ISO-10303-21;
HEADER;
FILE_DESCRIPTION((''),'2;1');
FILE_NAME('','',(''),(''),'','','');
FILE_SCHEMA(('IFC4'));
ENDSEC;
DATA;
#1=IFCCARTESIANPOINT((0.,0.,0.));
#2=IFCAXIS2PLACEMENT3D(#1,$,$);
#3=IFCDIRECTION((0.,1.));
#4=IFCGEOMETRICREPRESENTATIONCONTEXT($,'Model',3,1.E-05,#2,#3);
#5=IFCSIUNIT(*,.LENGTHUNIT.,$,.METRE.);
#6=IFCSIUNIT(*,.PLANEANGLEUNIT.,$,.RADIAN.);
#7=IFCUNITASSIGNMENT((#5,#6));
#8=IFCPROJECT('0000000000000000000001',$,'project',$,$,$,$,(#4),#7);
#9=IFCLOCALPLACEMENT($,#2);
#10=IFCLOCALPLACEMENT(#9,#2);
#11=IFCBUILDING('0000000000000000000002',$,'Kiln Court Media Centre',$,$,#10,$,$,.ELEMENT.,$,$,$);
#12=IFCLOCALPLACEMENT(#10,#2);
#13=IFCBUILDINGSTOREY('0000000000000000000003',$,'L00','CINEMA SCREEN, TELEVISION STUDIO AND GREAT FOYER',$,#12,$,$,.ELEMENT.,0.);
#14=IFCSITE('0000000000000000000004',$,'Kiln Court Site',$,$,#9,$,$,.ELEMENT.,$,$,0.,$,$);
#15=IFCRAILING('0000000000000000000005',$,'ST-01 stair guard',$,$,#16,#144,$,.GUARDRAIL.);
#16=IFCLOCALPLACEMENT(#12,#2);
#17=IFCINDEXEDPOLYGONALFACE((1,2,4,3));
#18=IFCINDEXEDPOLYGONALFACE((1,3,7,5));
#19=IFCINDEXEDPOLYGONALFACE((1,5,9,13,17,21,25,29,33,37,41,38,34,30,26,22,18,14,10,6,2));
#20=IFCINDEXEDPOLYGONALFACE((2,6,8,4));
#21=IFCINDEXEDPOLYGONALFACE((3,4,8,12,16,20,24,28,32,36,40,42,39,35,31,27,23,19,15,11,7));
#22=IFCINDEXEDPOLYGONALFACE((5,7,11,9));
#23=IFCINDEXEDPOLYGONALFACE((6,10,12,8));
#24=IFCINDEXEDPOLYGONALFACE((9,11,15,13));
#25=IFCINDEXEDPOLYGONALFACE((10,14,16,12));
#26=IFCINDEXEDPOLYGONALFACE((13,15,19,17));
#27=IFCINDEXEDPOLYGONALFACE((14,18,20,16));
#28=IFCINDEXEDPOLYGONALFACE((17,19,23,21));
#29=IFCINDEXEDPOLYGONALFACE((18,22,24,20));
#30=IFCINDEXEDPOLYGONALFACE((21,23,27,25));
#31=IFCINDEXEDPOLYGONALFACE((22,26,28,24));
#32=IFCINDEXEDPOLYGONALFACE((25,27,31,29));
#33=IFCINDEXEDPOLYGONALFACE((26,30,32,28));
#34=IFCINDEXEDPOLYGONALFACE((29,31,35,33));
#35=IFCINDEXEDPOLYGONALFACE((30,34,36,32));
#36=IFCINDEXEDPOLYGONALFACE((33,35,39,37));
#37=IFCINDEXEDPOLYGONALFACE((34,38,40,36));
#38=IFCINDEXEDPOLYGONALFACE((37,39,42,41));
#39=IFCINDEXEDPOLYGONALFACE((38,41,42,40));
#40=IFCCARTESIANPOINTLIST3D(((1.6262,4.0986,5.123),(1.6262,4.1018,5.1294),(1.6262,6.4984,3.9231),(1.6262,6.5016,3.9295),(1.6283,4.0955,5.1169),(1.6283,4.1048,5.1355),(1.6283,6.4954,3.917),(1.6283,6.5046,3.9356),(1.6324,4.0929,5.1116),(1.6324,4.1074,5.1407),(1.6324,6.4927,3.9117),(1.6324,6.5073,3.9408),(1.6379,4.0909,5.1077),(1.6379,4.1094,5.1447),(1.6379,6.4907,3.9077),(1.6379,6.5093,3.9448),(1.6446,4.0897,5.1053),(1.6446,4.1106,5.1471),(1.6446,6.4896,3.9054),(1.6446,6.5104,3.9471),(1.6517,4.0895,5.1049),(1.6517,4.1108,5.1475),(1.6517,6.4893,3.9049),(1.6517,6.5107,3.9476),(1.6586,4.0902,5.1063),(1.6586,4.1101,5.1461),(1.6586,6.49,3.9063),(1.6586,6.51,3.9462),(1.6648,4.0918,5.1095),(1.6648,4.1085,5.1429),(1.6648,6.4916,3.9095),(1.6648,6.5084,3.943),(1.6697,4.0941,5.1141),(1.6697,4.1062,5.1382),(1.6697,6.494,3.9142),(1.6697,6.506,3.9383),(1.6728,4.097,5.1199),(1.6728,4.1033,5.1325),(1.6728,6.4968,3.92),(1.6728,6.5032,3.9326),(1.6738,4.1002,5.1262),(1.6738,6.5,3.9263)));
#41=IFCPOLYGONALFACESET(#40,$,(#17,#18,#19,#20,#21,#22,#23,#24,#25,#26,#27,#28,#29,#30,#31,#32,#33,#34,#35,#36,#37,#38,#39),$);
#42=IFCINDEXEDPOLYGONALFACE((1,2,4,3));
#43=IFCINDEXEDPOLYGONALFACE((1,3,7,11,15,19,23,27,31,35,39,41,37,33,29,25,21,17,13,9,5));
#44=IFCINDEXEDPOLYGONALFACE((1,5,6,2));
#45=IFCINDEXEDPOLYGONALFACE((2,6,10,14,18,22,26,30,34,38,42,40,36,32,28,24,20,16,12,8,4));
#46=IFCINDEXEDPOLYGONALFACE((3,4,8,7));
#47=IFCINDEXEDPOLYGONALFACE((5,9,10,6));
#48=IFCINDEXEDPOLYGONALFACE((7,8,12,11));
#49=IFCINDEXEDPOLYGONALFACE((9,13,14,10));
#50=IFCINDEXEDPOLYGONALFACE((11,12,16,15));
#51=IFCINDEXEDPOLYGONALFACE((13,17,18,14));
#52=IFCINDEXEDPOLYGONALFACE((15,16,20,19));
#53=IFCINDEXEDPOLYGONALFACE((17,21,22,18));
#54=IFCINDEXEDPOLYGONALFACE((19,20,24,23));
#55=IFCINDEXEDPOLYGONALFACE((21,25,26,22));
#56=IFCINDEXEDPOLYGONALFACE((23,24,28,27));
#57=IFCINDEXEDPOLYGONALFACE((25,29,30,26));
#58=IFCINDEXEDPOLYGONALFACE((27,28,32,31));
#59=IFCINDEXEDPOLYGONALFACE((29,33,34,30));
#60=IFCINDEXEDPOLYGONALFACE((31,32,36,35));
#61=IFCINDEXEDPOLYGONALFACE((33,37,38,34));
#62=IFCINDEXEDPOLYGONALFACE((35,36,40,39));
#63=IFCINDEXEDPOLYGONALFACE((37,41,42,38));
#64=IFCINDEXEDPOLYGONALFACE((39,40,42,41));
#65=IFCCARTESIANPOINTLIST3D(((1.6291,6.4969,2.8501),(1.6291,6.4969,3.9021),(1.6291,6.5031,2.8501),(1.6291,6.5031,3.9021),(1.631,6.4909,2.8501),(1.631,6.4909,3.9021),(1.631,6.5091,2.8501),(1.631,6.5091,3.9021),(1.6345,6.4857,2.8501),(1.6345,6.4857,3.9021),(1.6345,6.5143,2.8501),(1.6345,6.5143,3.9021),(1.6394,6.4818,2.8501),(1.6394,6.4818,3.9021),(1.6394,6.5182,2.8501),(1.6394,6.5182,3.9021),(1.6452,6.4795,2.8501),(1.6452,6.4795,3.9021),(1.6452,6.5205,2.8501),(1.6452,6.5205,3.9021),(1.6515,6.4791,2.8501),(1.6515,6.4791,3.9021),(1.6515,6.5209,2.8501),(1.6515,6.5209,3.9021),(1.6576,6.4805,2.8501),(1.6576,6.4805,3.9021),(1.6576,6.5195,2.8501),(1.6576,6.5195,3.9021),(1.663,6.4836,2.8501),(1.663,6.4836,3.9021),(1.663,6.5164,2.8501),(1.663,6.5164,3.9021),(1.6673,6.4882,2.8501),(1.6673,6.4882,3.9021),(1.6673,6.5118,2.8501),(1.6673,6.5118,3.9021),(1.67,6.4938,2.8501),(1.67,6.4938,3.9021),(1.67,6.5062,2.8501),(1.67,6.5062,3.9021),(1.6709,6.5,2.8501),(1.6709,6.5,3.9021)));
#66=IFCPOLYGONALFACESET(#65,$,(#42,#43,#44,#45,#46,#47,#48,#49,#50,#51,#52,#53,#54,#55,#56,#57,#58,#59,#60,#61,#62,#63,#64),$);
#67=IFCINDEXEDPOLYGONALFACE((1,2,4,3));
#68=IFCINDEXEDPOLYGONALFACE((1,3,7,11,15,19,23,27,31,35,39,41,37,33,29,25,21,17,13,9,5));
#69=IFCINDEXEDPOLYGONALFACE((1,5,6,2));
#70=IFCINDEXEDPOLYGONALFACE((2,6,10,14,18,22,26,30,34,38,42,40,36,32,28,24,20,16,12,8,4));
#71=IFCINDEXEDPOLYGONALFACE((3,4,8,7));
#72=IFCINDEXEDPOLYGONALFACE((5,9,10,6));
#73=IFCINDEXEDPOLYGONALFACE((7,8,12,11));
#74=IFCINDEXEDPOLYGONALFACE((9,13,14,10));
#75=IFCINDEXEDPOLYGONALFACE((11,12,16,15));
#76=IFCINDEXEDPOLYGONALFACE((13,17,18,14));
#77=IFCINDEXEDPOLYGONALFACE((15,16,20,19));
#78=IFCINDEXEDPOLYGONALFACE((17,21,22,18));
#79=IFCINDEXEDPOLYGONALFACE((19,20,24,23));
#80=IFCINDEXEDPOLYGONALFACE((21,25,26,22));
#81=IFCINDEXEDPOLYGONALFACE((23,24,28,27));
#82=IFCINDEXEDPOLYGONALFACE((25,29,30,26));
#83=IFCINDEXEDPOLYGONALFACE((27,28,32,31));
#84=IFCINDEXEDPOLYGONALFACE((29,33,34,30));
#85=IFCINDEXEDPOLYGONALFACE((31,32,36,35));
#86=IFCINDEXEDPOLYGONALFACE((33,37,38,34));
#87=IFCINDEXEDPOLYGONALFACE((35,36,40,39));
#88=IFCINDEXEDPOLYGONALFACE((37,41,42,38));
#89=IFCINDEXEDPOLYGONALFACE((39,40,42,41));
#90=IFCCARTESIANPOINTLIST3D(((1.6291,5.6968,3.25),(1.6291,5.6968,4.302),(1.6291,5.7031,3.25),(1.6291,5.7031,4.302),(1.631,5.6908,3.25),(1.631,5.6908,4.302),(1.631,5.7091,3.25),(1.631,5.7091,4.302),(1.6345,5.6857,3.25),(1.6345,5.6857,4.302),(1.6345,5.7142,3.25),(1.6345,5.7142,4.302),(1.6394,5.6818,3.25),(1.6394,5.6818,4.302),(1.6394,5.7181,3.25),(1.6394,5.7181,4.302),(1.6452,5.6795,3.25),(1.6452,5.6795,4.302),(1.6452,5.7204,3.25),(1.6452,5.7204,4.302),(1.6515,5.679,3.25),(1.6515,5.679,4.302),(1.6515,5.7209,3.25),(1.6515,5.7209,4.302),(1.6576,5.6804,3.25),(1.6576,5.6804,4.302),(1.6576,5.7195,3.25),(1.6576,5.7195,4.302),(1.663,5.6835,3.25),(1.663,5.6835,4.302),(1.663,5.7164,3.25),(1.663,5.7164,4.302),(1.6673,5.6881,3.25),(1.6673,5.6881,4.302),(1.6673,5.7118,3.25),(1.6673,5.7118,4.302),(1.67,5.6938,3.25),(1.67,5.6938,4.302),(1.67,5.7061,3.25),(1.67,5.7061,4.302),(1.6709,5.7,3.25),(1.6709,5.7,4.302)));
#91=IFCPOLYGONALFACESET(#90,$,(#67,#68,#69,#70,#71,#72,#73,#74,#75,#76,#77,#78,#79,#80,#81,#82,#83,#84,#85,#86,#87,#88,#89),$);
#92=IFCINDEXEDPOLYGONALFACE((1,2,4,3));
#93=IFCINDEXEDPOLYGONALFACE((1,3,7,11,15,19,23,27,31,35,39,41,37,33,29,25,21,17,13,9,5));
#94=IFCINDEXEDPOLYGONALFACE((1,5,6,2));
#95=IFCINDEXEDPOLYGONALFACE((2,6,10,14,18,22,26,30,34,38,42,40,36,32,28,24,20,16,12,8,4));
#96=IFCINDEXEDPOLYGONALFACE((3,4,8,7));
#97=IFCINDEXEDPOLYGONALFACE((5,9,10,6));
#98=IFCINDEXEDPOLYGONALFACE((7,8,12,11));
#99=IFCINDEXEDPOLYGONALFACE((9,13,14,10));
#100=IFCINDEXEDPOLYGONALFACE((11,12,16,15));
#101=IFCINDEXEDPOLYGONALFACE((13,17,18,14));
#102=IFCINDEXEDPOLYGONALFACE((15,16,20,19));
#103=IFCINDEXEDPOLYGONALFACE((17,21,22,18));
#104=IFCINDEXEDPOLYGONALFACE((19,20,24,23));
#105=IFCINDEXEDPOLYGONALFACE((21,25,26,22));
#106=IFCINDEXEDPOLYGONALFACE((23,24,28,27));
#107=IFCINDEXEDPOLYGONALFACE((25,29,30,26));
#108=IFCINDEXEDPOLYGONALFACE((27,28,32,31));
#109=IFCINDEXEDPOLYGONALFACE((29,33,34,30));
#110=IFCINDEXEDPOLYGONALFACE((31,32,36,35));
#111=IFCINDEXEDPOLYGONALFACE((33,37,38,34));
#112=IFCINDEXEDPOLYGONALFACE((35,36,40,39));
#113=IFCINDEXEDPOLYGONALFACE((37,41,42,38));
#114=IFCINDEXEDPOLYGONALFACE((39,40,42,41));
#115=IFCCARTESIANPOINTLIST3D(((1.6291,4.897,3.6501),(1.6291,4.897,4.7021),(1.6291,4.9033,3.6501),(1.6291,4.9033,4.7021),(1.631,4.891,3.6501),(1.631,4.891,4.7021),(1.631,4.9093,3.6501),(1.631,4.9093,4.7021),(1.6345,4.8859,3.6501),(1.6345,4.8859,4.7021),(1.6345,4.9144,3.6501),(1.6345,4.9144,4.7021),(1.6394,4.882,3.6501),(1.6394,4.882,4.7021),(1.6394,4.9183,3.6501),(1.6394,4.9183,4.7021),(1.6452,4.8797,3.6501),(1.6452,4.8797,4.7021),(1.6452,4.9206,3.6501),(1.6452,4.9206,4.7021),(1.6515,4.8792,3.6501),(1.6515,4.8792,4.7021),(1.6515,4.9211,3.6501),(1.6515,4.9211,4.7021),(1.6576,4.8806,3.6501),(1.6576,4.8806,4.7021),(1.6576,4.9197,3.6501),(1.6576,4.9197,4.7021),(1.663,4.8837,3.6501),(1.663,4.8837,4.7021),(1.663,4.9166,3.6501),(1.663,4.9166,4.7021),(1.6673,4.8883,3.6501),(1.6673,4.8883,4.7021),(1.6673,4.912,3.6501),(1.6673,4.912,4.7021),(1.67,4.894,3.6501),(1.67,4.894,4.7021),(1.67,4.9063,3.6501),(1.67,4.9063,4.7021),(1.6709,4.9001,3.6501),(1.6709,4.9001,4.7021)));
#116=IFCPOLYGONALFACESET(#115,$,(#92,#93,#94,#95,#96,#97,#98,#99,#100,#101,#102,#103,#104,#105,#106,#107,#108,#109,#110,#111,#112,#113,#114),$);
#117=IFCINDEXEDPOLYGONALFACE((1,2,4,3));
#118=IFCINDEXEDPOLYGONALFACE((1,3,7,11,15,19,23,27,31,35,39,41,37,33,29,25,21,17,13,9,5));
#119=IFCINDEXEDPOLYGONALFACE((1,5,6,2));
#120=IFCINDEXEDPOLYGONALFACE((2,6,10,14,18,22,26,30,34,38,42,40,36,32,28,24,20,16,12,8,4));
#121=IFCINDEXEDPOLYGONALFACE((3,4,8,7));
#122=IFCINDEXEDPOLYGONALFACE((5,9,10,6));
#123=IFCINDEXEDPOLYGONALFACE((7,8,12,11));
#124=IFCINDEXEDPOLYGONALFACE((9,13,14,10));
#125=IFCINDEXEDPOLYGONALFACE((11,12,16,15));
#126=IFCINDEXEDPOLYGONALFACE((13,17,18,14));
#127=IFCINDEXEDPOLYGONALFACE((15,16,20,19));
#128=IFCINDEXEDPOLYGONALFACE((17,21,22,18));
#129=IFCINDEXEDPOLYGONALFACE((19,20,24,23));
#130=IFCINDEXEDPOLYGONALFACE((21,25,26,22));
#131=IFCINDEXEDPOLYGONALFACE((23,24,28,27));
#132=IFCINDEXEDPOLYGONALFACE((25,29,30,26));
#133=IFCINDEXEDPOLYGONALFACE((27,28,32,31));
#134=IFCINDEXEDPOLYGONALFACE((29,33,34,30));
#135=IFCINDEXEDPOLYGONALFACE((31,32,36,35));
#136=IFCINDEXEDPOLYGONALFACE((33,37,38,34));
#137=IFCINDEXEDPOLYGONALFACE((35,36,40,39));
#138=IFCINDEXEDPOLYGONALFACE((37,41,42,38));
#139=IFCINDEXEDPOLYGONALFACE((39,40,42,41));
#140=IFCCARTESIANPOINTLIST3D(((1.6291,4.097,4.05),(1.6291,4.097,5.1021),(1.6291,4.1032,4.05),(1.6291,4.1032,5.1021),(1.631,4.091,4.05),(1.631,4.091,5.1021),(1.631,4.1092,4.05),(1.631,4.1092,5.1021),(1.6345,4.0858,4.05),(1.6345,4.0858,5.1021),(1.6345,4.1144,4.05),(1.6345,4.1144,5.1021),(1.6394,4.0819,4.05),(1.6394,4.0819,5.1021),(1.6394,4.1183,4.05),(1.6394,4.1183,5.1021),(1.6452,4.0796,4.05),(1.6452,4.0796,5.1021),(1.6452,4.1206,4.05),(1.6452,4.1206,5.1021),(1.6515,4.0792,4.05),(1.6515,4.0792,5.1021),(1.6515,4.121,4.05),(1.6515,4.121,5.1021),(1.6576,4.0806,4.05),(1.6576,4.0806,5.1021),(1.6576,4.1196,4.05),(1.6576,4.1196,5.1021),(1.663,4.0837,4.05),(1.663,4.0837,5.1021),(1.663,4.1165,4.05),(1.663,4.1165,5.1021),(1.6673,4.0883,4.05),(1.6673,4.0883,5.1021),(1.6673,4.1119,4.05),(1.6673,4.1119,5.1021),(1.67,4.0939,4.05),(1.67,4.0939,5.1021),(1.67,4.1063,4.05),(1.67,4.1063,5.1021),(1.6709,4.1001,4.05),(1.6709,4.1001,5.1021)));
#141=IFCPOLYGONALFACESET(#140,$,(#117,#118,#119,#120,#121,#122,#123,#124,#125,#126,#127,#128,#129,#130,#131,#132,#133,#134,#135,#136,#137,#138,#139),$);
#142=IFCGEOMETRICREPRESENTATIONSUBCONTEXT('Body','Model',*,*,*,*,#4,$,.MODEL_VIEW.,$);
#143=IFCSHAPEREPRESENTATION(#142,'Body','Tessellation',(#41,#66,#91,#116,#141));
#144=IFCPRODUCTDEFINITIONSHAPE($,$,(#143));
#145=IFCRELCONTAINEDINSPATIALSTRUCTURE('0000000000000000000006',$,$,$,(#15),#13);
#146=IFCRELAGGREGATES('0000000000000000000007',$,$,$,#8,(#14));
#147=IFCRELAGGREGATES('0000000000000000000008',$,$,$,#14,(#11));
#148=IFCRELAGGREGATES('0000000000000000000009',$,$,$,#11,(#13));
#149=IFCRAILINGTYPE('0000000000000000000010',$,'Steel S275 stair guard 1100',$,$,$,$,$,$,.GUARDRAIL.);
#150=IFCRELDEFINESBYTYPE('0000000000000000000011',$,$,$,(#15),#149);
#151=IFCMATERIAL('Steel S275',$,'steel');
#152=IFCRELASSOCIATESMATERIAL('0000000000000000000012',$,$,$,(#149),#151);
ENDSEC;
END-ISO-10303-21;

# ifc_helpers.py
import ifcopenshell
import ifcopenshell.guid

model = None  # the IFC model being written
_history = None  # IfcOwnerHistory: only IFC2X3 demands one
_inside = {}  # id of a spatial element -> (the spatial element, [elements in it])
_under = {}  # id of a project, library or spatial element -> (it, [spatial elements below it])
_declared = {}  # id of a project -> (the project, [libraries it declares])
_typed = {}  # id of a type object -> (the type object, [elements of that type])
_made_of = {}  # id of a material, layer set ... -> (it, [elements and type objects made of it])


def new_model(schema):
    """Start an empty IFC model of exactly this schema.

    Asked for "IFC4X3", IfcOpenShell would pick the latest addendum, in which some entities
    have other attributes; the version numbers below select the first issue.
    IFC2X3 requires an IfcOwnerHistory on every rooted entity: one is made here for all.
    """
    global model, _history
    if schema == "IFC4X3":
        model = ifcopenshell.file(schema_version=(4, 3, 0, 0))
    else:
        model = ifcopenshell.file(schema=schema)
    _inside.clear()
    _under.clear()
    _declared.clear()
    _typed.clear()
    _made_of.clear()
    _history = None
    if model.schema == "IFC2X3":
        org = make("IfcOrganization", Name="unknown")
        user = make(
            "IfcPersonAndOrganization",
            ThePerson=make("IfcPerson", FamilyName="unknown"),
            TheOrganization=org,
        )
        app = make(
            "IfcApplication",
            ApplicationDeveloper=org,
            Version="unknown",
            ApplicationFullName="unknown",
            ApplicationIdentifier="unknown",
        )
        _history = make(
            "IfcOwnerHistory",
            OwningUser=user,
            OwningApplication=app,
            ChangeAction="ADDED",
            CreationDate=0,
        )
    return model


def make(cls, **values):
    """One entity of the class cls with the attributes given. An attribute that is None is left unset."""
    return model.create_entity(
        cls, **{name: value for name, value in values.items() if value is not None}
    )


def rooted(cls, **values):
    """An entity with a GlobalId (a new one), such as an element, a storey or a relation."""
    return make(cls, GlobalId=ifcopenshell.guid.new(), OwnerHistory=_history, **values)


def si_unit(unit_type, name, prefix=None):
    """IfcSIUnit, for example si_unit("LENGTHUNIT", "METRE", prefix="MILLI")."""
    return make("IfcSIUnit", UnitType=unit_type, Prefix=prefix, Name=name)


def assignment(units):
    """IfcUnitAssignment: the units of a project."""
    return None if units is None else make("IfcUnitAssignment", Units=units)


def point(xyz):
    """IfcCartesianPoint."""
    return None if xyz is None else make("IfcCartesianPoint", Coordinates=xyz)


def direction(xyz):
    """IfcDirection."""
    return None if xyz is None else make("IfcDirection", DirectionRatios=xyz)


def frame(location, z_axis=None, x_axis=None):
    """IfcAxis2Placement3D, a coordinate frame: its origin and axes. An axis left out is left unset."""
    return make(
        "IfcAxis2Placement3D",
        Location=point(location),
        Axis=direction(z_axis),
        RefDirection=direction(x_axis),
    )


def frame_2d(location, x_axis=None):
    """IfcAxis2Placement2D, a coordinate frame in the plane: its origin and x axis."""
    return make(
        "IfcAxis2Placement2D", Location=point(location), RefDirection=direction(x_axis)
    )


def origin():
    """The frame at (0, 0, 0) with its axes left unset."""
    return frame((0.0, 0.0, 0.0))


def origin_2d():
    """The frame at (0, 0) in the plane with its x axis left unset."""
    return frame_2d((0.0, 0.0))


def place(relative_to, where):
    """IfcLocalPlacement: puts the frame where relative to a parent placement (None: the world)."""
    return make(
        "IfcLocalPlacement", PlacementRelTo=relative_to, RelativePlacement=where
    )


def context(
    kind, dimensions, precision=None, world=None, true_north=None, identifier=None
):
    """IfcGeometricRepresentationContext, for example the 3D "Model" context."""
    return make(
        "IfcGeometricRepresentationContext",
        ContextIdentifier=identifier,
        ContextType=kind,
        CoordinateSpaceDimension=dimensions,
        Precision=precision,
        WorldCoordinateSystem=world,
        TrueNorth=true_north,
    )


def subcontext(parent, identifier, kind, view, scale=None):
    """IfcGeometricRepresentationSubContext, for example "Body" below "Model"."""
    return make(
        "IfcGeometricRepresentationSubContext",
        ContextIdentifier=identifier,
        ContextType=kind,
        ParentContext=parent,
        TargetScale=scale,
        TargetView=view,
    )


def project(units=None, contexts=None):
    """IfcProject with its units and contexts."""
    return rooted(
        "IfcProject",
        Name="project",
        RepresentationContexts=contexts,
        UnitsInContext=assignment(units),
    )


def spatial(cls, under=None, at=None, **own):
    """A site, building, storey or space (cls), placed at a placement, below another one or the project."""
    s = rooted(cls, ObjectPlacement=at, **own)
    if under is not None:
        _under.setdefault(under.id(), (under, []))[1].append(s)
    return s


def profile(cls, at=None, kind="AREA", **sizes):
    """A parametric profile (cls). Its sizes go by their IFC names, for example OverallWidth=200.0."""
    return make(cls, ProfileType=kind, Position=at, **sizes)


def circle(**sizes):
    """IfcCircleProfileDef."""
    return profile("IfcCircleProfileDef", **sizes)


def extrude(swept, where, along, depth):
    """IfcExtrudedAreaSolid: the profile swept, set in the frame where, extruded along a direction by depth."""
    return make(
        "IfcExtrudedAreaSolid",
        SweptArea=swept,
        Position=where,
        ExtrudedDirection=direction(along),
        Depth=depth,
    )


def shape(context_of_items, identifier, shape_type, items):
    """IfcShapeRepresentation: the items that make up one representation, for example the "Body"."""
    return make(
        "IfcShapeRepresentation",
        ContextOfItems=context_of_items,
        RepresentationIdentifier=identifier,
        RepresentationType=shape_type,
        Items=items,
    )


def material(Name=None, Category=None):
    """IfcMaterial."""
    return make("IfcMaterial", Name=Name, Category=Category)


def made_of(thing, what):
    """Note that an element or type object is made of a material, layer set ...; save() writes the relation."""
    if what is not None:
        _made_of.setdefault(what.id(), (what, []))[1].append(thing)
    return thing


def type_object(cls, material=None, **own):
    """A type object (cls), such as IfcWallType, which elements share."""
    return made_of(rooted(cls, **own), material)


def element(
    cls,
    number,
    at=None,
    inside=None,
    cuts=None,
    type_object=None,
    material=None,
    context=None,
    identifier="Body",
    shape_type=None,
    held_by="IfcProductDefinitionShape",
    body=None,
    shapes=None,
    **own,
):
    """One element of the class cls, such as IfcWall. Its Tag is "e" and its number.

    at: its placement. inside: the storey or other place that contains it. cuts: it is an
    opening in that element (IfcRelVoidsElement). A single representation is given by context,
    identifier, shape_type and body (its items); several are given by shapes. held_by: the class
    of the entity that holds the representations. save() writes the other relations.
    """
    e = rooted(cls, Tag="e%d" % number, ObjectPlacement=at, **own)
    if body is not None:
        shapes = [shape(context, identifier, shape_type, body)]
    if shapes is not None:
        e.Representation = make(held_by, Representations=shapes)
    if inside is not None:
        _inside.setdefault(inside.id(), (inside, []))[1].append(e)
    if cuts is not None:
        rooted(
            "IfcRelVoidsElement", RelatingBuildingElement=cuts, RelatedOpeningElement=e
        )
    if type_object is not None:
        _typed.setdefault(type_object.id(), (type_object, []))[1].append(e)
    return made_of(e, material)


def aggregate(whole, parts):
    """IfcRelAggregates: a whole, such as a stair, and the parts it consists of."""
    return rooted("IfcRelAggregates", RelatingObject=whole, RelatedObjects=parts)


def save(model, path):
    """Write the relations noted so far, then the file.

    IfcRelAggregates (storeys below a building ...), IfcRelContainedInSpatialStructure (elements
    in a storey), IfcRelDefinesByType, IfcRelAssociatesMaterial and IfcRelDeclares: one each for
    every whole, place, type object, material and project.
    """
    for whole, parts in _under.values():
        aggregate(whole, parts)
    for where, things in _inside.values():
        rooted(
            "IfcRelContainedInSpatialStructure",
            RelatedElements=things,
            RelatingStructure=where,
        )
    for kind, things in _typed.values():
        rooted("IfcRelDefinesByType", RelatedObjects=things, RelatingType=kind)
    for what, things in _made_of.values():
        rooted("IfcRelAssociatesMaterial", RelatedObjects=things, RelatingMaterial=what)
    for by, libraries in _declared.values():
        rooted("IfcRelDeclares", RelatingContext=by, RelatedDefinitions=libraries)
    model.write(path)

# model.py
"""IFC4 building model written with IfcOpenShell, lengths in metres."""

from ifc_helpers import new_model, si_unit, direction, frame, origin, origin_2d, place, context, subcontext, project, spatial, circle, extrude, material, type_object, element, save


model = new_model("IFC4")

# Units and contexts
model_context = context("Model", 3, precision=1e-05, world=origin(), true_north=direction((0.0, 1.0)))
body_context = subcontext(model_context, "Body", "Model", "MODEL_VIEW")
ifc_project = project(units=[si_unit("LENGTHUNIT", "METRE"), si_unit("PLANEANGLEUNIT", "RADIAN")], contexts=[model_context])

# Site, building, storey
site_placement = place(None, origin())
site = spatial("IfcSite", under=ifc_project, at=site_placement, Name="Kiln Court Site", CompositionType="ELEMENT", RefElevation=0.0)
building_placement = place(site_placement, origin())
building = spatial("IfcBuilding", under=site, at=building_placement, Name="Kiln Court Media Centre", CompositionType="ELEMENT")
storey_placement = place(building_placement, origin())
storey = spatial("IfcBuildingStorey", under=building, at=storey_placement, Name="L00", Description="CINEMA SCREEN, TELEVISION STUDIO AND GREAT FOYER", CompositionType="ELEMENT", Elevation=0.0)

# Railing
ifc_material_1 = material(Name="Steel S275", Category="steel")
railing_type_1 = type_object("IfcRailingType", Name="Steel S275 stair guard 1100", PredefinedType="GUARDRAIL", material=ifc_material_1)
railing_1_placement = place(storey_placement, frame((1.6499, 6.5, 2.8501)))
element("IfcRailing", 1, at=railing_1_placement, inside=storey, type_object=railing_type_1, Name="ST-01 stair guard", PredefinedType="GUARDRAIL", context=body_context, shape_type="SweptSolid", body=[
    extrude(circle(Radius=0.0239, at=origin_2d()), frame((0.0, 0.0, 1.0762), z_axis=(0.0, -0.894427, 0.447214), x_axis=(1.0, 0.0, 0.0)), (0.0, 0.0, 1.0), 2.6831),
    extrude(circle(Radius=0.021, at=origin_2d()), origin(), (0.0, 0.0, 1.0), 1.052),
    extrude(circle(Radius=0.021, at=origin_2d()), frame((0.0, -0.8, 0.3999)), (0.0, 0.0, 1.0), 1.052),
    extrude(circle(Radius=0.021, at=origin_2d()), frame((0.0, -1.5999, 0.8)), (0.0, 0.0, 1.0), 1.052),
    extrude(circle(Radius=0.021, at=origin_2d()), frame((0.0, -2.3999, 1.2)), (0.0, 0.0, 1.0), 1.052),
])

save(model, "model.ifc")
